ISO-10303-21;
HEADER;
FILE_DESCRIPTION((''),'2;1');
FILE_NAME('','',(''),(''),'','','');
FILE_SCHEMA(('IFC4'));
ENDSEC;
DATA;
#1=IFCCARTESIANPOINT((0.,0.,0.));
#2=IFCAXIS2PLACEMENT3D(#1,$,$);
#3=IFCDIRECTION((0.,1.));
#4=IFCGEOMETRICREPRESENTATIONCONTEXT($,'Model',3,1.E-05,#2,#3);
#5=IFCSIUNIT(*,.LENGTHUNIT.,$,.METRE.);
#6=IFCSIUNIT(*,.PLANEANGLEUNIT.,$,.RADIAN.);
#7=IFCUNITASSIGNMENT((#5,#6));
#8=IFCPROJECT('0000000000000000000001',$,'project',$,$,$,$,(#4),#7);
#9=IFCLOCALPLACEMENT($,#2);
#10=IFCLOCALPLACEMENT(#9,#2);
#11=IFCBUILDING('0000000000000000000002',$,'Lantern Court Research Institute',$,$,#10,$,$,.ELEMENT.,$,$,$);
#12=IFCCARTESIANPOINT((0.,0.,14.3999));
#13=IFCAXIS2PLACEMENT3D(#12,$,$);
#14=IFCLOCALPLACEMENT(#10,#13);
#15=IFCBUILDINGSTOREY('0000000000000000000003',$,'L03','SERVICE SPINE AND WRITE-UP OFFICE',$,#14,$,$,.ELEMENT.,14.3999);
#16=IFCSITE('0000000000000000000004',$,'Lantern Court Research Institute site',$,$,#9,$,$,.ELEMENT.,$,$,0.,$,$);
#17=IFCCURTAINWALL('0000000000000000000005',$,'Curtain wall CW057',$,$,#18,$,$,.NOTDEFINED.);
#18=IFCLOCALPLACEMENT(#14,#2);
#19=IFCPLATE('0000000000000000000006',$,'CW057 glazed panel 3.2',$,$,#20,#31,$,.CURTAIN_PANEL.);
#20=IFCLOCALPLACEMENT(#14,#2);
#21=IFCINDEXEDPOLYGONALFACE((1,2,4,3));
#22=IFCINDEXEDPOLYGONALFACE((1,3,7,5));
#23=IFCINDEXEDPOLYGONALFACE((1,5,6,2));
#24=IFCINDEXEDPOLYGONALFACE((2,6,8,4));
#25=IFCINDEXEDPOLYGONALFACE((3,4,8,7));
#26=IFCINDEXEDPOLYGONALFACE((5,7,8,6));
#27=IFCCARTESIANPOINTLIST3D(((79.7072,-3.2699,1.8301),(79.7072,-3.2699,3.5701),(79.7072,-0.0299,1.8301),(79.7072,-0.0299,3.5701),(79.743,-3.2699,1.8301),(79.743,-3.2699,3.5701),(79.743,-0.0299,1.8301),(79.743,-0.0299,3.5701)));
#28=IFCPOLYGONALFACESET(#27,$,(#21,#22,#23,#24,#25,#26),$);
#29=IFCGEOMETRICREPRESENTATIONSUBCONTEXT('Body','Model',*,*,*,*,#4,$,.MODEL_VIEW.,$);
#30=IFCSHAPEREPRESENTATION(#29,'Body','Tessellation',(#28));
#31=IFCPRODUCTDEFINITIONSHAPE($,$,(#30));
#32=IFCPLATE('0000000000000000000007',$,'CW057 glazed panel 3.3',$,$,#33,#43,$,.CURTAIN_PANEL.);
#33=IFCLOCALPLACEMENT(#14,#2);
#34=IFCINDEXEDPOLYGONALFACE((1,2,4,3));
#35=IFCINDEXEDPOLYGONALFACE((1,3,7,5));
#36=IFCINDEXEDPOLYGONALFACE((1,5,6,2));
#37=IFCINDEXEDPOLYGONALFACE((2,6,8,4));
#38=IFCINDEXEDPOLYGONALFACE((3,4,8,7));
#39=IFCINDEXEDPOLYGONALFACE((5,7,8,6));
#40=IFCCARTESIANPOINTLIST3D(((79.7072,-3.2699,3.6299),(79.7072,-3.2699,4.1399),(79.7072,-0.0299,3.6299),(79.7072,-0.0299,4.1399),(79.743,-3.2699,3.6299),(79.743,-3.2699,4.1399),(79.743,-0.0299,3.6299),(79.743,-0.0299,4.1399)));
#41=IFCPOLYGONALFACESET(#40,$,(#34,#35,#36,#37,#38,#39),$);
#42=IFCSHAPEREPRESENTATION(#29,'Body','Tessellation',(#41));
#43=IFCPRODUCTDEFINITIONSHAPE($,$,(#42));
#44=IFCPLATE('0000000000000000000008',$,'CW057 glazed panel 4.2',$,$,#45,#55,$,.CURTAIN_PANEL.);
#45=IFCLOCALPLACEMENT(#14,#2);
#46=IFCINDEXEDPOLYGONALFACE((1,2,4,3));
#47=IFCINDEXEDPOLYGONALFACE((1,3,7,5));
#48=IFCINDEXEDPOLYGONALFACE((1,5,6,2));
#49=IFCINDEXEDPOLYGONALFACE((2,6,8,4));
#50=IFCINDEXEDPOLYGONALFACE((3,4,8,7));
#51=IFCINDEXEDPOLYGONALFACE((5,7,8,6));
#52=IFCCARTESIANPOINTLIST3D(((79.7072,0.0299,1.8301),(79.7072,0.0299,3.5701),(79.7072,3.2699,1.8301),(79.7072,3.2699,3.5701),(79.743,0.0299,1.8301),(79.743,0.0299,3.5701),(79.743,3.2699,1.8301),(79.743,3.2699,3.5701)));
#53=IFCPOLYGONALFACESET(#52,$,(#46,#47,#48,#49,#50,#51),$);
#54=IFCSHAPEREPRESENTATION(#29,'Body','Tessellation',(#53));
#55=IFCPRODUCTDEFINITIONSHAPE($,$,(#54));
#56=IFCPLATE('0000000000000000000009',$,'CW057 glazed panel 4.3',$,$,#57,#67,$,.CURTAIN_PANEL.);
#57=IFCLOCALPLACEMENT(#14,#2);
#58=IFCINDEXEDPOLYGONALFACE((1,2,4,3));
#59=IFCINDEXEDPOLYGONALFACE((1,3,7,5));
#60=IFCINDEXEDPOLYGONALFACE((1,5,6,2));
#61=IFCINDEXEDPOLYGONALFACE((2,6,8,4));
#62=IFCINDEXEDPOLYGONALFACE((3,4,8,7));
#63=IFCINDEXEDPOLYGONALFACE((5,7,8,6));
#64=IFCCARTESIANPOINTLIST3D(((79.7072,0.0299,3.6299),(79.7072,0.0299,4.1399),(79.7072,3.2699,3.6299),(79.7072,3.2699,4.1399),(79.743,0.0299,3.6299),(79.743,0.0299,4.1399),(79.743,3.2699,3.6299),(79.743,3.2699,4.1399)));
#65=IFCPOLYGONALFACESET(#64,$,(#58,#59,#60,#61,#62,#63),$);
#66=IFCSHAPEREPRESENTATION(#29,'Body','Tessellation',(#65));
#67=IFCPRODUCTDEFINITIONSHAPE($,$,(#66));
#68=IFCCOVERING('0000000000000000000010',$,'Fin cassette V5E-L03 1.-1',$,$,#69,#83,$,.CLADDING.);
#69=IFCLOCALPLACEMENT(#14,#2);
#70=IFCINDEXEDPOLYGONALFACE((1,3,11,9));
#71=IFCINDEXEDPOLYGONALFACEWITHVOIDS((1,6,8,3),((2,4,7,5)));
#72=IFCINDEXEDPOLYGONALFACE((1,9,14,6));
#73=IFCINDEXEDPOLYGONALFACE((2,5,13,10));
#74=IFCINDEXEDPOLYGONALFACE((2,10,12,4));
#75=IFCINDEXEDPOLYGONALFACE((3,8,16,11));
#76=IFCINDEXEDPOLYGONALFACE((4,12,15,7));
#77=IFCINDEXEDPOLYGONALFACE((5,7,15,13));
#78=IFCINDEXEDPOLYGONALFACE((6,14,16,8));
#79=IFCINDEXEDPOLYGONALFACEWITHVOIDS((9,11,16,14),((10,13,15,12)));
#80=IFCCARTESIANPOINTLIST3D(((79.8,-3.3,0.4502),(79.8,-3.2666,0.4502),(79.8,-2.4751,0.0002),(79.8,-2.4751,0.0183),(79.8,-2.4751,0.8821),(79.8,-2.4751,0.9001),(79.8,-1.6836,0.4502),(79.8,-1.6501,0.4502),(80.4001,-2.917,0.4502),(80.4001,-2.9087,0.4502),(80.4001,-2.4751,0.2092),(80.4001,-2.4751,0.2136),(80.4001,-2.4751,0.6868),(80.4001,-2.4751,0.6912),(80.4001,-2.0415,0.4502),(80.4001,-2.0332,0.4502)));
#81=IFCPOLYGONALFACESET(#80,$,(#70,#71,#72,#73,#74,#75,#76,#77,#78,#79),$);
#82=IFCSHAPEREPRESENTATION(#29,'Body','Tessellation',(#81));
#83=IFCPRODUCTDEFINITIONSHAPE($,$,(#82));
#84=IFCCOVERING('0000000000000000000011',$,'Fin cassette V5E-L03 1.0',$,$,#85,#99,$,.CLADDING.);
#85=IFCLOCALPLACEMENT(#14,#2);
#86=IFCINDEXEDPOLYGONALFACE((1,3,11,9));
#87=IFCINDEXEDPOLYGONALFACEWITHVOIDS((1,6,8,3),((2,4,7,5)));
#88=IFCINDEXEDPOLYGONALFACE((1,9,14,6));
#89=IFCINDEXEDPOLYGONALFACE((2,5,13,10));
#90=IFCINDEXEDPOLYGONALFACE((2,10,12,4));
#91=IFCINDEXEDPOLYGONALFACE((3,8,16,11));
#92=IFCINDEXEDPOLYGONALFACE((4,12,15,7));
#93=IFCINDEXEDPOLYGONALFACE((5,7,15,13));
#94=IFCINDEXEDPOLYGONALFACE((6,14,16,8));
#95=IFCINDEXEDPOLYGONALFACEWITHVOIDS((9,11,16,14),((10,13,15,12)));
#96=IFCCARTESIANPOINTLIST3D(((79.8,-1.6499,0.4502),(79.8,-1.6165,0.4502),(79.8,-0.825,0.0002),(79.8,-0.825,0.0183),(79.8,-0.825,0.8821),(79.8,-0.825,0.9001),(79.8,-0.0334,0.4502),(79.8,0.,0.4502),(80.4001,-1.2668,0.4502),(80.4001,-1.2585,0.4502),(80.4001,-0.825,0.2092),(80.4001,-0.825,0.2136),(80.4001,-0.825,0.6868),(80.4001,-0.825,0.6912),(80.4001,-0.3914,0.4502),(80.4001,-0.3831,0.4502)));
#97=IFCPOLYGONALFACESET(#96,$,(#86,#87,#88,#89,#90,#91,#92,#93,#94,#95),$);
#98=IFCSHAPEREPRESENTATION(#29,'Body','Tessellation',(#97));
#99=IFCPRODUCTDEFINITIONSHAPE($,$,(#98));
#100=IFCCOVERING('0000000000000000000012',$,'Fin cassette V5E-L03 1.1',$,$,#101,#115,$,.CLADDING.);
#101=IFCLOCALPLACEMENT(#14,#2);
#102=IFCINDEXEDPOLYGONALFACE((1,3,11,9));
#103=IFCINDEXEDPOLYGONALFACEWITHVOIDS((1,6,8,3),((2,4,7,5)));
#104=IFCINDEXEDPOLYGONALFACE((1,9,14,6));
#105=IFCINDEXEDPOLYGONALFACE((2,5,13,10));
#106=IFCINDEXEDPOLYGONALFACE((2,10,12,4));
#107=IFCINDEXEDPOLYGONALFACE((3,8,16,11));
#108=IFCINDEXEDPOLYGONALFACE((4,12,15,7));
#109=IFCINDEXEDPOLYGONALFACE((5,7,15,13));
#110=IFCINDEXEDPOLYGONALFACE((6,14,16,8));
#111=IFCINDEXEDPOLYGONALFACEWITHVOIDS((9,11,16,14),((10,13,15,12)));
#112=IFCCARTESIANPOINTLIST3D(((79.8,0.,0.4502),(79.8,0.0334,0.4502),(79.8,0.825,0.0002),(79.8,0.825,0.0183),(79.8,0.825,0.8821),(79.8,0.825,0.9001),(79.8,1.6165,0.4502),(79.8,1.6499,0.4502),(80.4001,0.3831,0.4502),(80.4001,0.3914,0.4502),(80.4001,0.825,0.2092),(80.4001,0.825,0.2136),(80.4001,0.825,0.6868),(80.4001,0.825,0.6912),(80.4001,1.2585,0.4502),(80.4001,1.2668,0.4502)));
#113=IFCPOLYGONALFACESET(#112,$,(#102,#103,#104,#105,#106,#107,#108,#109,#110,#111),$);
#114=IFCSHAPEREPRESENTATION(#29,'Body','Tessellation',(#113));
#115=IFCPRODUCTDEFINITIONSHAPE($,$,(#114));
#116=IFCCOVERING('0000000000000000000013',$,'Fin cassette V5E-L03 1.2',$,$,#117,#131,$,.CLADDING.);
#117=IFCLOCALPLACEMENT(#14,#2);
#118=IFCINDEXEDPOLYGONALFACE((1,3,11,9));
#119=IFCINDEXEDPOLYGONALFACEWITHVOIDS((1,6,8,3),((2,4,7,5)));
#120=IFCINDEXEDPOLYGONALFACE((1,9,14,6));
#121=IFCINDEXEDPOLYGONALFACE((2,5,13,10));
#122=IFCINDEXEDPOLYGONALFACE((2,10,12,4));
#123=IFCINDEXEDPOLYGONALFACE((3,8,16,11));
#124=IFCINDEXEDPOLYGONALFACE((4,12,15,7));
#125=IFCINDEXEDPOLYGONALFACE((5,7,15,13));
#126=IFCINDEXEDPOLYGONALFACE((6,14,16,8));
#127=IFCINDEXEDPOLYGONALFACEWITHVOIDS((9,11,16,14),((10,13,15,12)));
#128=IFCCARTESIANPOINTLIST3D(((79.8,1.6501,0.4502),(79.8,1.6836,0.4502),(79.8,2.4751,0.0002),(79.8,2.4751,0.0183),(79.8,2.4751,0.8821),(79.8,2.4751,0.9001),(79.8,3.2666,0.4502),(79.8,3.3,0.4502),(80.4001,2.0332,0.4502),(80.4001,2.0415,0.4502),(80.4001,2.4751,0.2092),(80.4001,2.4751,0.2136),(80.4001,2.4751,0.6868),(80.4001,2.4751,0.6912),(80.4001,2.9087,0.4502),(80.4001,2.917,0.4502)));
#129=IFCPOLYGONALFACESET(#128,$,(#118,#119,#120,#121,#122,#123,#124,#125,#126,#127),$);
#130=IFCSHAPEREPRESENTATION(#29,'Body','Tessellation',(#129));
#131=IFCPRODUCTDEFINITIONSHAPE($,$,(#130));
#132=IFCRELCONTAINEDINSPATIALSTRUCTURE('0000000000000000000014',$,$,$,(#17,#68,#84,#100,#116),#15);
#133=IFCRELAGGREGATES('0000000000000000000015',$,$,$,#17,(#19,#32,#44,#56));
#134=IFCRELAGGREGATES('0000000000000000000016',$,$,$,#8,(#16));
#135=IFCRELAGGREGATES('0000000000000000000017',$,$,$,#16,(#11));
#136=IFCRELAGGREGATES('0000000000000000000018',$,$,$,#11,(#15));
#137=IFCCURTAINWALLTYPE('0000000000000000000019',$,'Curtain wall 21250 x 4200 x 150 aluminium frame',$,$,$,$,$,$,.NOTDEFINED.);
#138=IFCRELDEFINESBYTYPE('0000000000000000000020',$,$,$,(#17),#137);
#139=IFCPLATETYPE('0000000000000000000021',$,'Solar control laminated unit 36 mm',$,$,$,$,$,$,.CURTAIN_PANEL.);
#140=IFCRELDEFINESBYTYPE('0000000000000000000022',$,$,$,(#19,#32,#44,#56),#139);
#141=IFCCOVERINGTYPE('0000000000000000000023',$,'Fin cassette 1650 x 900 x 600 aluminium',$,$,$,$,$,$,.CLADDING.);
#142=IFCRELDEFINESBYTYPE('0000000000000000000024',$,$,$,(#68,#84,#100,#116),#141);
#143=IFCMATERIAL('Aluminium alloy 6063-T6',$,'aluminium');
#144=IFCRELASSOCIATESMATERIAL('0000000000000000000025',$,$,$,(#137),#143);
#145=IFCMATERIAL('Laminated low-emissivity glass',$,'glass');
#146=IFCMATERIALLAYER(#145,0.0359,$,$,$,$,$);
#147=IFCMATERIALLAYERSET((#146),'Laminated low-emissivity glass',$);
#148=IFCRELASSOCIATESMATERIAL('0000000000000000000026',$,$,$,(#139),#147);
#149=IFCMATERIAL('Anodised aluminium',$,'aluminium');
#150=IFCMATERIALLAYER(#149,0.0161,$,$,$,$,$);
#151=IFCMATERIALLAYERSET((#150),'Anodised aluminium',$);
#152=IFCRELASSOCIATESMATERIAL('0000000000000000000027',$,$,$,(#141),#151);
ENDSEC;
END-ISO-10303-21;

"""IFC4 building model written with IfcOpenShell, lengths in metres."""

from ifc_helpers import new_model, entity, si_unit, direction, frame, origin, origin_2d, place, context, subcontext, project, spatial, rectangle, extrude, material, layer, layer_set, type_object, element, aggregate, save


model = new_model("IFC4")

# Units and contexts
model_context = context("Model", 3, precision=1e-05, world=origin(), true_north=direction((0.0, 1.0)))
body_context = subcontext(model_context, "Body", "Model", "MODEL_VIEW")
ifc_project = project(units=[si_unit("LENGTHUNIT", "METRE"), si_unit("PLANEANGLEUNIT", "RADIAN")], contexts=[model_context])

# Site, building, storey
site_placement = place(None, origin())
site = spatial("IfcSite", under=ifc_project, at=site_placement, Name="Lantern Court Research Institute site", CompositionType="ELEMENT", RefElevation=0.0)
building_placement = place(site_placement, origin())
building = spatial("IfcBuilding", under=site, at=building_placement, Name="Lantern Court Research Institute", CompositionType="ELEMENT")
storey_placement = place(building_placement, frame((0.0, 0.0, 14.3999)))
storey = spatial("IfcBuildingStorey", under=building, at=storey_placement, Name="L03", Description="SERVICE SPINE AND WRITE-UP OFFICE", CompositionType="ELEMENT", Elevation=14.3999)

# Curtain wall
ifc_material_1 = material(Name="Aluminium alloy 6063-T6", Category="aluminium")
curtain_wall_type = type_object("IfcCurtainWallType", Name="Curtain wall 21250 x 4200 x 150 aluminium frame", PredefinedType="NOTDEFINED", material=ifc_material_1)
curtain_wall_placement = place(storey_placement, origin())
curtain_wall = element("IfcCurtainWall", 1, at=curtain_wall_placement, inside=storey, type_object=curtain_wall_type, Name="Curtain wall CW057", PredefinedType="NOTDEFINED")

# Plates
ifc_material_2 = material(Name="Laminated low-emissivity glass", Category="glass")
ifc_layer_1 = layer(ifc_material_2, 0.0359)
ifc_layer_set_1 = layer_set([ifc_layer_1], Name="Laminated low-emissivity glass")
plate_type_1 = type_object("IfcPlateType", Name="Solar control laminated unit 36 mm", PredefinedType="CURTAIN_PANEL", material=ifc_layer_set_1)
plate_1_placement = place(storey_placement, frame((79.7251, -1.6499, 1.8301), z_axis=(0.0, 0.0, 1.0), x_axis=(0.0, -1.0, 0.0)))
plate_1 = element("IfcPlate", 2, at=plate_1_placement, type_object=plate_type_1, Name="CW057 glazed panel 3.2", PredefinedType="CURTAIN_PANEL", context=body_context, shape_type="SweptSolid", body=[
    extrude(rectangle(XDim=3.24, YDim=0.0359, at=origin_2d()), origin(), (0.0, 0.0, 1.0), 1.74),
])
plate_2_placement = place(storey_placement, frame((79.7251, -1.6499, 3.6299), z_axis=(0.0, 0.0, 1.0), x_axis=(0.0, -1.0, 0.0)))
plate_2 = element("IfcPlate", 3, at=plate_2_placement, type_object=plate_type_1, Name="CW057 glazed panel 3.3", PredefinedType="CURTAIN_PANEL", context=body_context, shape_type="SweptSolid", body=[
    extrude(rectangle(XDim=3.24, YDim=0.0359, at=origin_2d()), origin(), (0.0, 0.0, 1.0), 0.51),
])
plate_3_placement = place(storey_placement, frame((79.7251, 1.6499, 1.8301), z_axis=(0.0, 0.0, 1.0), x_axis=(0.0, -1.0, 0.0)))
plate_3 = element("IfcPlate", 4, at=plate_3_placement, type_object=plate_type_1, Name="CW057 glazed panel 4.2", PredefinedType="CURTAIN_PANEL", context=body_context, shape_type="SweptSolid", body=[
    extrude(rectangle(XDim=3.24, YDim=0.0359, at=origin_2d()), origin(), (0.0, 0.0, 1.0), 1.74),
])
plate_4_placement = place(storey_placement, frame((79.7251, 1.6499, 3.6299), z_axis=(0.0, 0.0, 1.0), x_axis=(0.0, -1.0, 0.0)))
plate_4 = element("IfcPlate", 5, at=plate_4_placement, type_object=plate_type_1, Name="CW057 glazed panel 4.3", PredefinedType="CURTAIN_PANEL", context=body_context, shape_type="SweptSolid", body=[
    extrude(rectangle(XDim=3.24, YDim=0.0359, at=origin_2d()), origin(), (0.0, 0.0, 1.0), 0.51),
])
aggregate(curtain_wall, [plate_1, plate_2, plate_3, plate_4])

# Coverings
ifc_material_3 = material(Name="Anodised aluminium", Category="aluminium")
ifc_layer_2 = layer(ifc_material_3, 0.0161)
ifc_layer_set_2 = layer_set([ifc_layer_2], Name="Anodised aluminium")
covering_type = type_object("IfcCoveringType", Name="Fin cassette 1650 x 900 x 600 aluminium", PredefinedType="CLADDING", material=ifc_layer_set_2)
covering_1_placement = place(storey_placement, frame((79.8, -2.4751, 0.4502), z_axis=(1.0, 0.0, 0.0), x_axis=(0.0, 1.0, 0.0)))
cartesian_point_1 = entity("IfcCartesianPoint", [0.825, 0.0])
cartesian_point_2 = entity("IfcCartesianPoint", [0.7915, 0.0])
cartesian_point_3 = entity("IfcCartesianPoint", [0.4419, 0.0])
cartesian_point_4 = entity("IfcCartesianPoint", [0.4336, 0.0])
element("IfcCovering", 6, at=covering_1_placement, inside=storey, type_object=covering_type, Name="Fin cassette V5E-L03 1.-1", PredefinedType="CLADDING", context=body_context, shape_type="SweptSolid", body=[
    entity("IfcExtrudedAreaSolidTapered", entity("IfcArbitraryProfileDefWithVoids", "AREA", None, entity("IfcPolyline", [cartesian_point_1, entity("IfcCartesianPoint", [0.0, 0.45]), entity("IfcCartesianPoint", [-0.825, 0.0]), entity("IfcCartesianPoint", [0.0, -0.45]), cartesian_point_1]), [entity("IfcPolyline", [cartesian_point_2, entity("IfcCartesianPoint", [0.0, 0.4319]), entity("IfcCartesianPoint", [-0.7915, 0.0]), entity("IfcCartesianPoint", [0.0, -0.4319]), cartesian_point_2])]), entity("IfcAxis2Placement3D", entity("IfcCartesianPoint", [0.0, 0.0, 0.0])), entity("IfcDirection", [0.0, 0.0, 1.0]), 0.6001, entity("IfcArbitraryProfileDefWithVoids", "AREA", None, entity("IfcPolyline", [cartesian_point_3, entity("IfcCartesianPoint", [0.0, 0.241]), entity("IfcCartesianPoint", [-0.4419, 0.0]), entity("IfcCartesianPoint", [0.0, -0.241]), cartesian_point_3]), [entity("IfcPolyline", [cartesian_point_4, entity("IfcCartesianPoint", [0.0, 0.2366]), entity("IfcCartesianPoint", [-0.4336, 0.0]), entity("IfcCartesianPoint", [0.0, -0.2366]), cartesian_point_4])])),
])
covering_2_placement = place(storey_placement, frame((79.8, -0.825, 0.4502), z_axis=(1.0, 0.0, 0.0), x_axis=(0.0, 1.0, 0.0)))
cartesian_point_5 = entity("IfcCartesianPoint", [0.825, 0.0])
cartesian_point_6 = entity("IfcCartesianPoint", [0.7915, 0.0])
cartesian_point_7 = entity("IfcCartesianPoint", [0.4419, 0.0])
cartesian_point_8 = entity("IfcCartesianPoint", [0.4336, 0.0])
element("IfcCovering", 7, at=covering_2_placement, inside=storey, type_object=covering_type, Name="Fin cassette V5E-L03 1.0", PredefinedType="CLADDING", context=body_context, shape_type="SweptSolid", body=[
    entity("IfcExtrudedAreaSolidTapered", entity("IfcArbitraryProfileDefWithVoids", "AREA", None, entity("IfcPolyline", [cartesian_point_5, entity("IfcCartesianPoint", [0.0, 0.45]), entity("IfcCartesianPoint", [-0.825, 0.0]), entity("IfcCartesianPoint", [0.0, -0.45]), cartesian_point_5]), [entity("IfcPolyline", [cartesian_point_6, entity("IfcCartesianPoint", [0.0, 0.4319]), entity("IfcCartesianPoint", [-0.7915, 0.0]), entity("IfcCartesianPoint", [0.0, -0.4319]), cartesian_point_6])]), entity("IfcAxis2Placement3D", entity("IfcCartesianPoint", [0.0, 0.0, 0.0])), entity("IfcDirection", [0.0, 0.0, 1.0]), 0.6001, entity("IfcArbitraryProfileDefWithVoids", "AREA", None, entity("IfcPolyline", [cartesian_point_7, entity("IfcCartesianPoint", [0.0, 0.241]), entity("IfcCartesianPoint", [-0.4419, 0.0]), entity("IfcCartesianPoint", [0.0, -0.241]), cartesian_point_7]), [entity("IfcPolyline", [cartesian_point_8, entity("IfcCartesianPoint", [0.0, 0.2366]), entity("IfcCartesianPoint", [-0.4336, 0.0]), entity("IfcCartesianPoint", [0.0, -0.2366]), cartesian_point_8])])),
])
covering_3_placement = place(storey_placement, frame((79.8, 0.825, 0.4502), z_axis=(1.0, 0.0, 0.0), x_axis=(0.0, 1.0, 0.0)))
cartesian_point_9 = entity("IfcCartesianPoint", [0.825, 0.0])
cartesian_point_10 = entity("IfcCartesianPoint", [0.7915, 0.0])
cartesian_point_11 = entity("IfcCartesianPoint", [0.4419, 0.0])
cartesian_point_12 = entity("IfcCartesianPoint", [0.4336, 0.0])
element("IfcCovering", 8, at=covering_3_placement, inside=storey, type_object=covering_type, Name="Fin cassette V5E-L03 1.1", PredefinedType="CLADDING", context=body_context, shape_type="SweptSolid", body=[
    entity("IfcExtrudedAreaSolidTapered", entity("IfcArbitraryProfileDefWithVoids", "AREA", None, entity("IfcPolyline", [cartesian_point_9, entity("IfcCartesianPoint", [0.0, 0.45]), entity("IfcCartesianPoint", [-0.825, 0.0]), entity("IfcCartesianPoint", [0.0, -0.45]), cartesian_point_9]), [entity("IfcPolyline", [cartesian_point_10, entity("IfcCartesianPoint", [0.0, 0.4319]), entity("IfcCartesianPoint", [-0.7915, 0.0]), entity("IfcCartesianPoint", [0.0, -0.4319]), cartesian_point_10])]), entity("IfcAxis2Placement3D", entity("IfcCartesianPoint", [0.0, 0.0, 0.0])), entity("IfcDirection", [0.0, 0.0, 1.0]), 0.6001, entity("IfcArbitraryProfileDefWithVoids", "AREA", None, entity("IfcPolyline", [cartesian_point_11, entity("IfcCartesianPoint", [0.0, 0.241]), entity("IfcCartesianPoint", [-0.4419, 0.0]), entity("IfcCartesianPoint", [0.0, -0.241]), cartesian_point_11]), [entity("IfcPolyline", [cartesian_point_12, entity("IfcCartesianPoint", [0.0, 0.2366]), entity("IfcCartesianPoint", [-0.4336, 0.0]), entity("IfcCartesianPoint", [0.0, -0.2366]), cartesian_point_12])])),
])
covering_4_placement = place(storey_placement, frame((79.8, 2.4751, 0.4502), z_axis=(1.0, 0.0, 0.0), x_axis=(0.0, 1.0, 0.0)))
cartesian_point_13 = entity("IfcCartesianPoint", [0.825, 0.0])
cartesian_point_14 = entity("IfcCartesianPoint", [0.7915, 0.0])
cartesian_point_15 = entity("IfcCartesianPoint", [0.4419, 0.0])
cartesian_point_16 = entity("IfcCartesianPoint", [0.4336, 0.0])
element("IfcCovering", 9, at=covering_4_placement, inside=storey, type_object=covering_type, Name="Fin cassette V5E-L03 1.2", PredefinedType="CLADDING", context=body_context, shape_type="SweptSolid", body=[
    entity("IfcExtrudedAreaSolidTapered", entity("IfcArbitraryProfileDefWithVoids", "AREA", None, entity("IfcPolyline", [cartesian_point_13, entity("IfcCartesianPoint", [0.0, 0.45]), entity("IfcCartesianPoint", [-0.825, 0.0]), entity("IfcCartesianPoint", [0.0, -0.45]), cartesian_point_13]), [entity("IfcPolyline", [cartesian_point_14, entity("IfcCartesianPoint", [0.0, 0.4319]), entity("IfcCartesianPoint", [-0.7915, 0.0]), entity("IfcCartesianPoint", [0.0, -0.4319]), cartesian_point_14])]), entity("IfcAxis2Placement3D", entity("IfcCartesianPoint", [0.0, 0.0, 0.0])), entity("IfcDirection", [0.0, 0.0, 1.0]), 0.6001, entity("IfcArbitraryProfileDefWithVoids", "AREA", None, entity("IfcPolyline", [cartesian_point_15, entity("IfcCartesianPoint", [0.0, 0.241]), entity("IfcCartesianPoint", [-0.4419, 0.0]), entity("IfcCartesianPoint", [0.0, -0.241]), cartesian_point_15]), [entity("IfcPolyline", [cartesian_point_16, entity("IfcCartesianPoint", [0.0, 0.2366]), entity("IfcCartesianPoint", [-0.4336, 0.0]), entity("IfcCartesianPoint", [0.0, -0.2366]), cartesian_point_16])])),
])

save(model, "model.ifc")
